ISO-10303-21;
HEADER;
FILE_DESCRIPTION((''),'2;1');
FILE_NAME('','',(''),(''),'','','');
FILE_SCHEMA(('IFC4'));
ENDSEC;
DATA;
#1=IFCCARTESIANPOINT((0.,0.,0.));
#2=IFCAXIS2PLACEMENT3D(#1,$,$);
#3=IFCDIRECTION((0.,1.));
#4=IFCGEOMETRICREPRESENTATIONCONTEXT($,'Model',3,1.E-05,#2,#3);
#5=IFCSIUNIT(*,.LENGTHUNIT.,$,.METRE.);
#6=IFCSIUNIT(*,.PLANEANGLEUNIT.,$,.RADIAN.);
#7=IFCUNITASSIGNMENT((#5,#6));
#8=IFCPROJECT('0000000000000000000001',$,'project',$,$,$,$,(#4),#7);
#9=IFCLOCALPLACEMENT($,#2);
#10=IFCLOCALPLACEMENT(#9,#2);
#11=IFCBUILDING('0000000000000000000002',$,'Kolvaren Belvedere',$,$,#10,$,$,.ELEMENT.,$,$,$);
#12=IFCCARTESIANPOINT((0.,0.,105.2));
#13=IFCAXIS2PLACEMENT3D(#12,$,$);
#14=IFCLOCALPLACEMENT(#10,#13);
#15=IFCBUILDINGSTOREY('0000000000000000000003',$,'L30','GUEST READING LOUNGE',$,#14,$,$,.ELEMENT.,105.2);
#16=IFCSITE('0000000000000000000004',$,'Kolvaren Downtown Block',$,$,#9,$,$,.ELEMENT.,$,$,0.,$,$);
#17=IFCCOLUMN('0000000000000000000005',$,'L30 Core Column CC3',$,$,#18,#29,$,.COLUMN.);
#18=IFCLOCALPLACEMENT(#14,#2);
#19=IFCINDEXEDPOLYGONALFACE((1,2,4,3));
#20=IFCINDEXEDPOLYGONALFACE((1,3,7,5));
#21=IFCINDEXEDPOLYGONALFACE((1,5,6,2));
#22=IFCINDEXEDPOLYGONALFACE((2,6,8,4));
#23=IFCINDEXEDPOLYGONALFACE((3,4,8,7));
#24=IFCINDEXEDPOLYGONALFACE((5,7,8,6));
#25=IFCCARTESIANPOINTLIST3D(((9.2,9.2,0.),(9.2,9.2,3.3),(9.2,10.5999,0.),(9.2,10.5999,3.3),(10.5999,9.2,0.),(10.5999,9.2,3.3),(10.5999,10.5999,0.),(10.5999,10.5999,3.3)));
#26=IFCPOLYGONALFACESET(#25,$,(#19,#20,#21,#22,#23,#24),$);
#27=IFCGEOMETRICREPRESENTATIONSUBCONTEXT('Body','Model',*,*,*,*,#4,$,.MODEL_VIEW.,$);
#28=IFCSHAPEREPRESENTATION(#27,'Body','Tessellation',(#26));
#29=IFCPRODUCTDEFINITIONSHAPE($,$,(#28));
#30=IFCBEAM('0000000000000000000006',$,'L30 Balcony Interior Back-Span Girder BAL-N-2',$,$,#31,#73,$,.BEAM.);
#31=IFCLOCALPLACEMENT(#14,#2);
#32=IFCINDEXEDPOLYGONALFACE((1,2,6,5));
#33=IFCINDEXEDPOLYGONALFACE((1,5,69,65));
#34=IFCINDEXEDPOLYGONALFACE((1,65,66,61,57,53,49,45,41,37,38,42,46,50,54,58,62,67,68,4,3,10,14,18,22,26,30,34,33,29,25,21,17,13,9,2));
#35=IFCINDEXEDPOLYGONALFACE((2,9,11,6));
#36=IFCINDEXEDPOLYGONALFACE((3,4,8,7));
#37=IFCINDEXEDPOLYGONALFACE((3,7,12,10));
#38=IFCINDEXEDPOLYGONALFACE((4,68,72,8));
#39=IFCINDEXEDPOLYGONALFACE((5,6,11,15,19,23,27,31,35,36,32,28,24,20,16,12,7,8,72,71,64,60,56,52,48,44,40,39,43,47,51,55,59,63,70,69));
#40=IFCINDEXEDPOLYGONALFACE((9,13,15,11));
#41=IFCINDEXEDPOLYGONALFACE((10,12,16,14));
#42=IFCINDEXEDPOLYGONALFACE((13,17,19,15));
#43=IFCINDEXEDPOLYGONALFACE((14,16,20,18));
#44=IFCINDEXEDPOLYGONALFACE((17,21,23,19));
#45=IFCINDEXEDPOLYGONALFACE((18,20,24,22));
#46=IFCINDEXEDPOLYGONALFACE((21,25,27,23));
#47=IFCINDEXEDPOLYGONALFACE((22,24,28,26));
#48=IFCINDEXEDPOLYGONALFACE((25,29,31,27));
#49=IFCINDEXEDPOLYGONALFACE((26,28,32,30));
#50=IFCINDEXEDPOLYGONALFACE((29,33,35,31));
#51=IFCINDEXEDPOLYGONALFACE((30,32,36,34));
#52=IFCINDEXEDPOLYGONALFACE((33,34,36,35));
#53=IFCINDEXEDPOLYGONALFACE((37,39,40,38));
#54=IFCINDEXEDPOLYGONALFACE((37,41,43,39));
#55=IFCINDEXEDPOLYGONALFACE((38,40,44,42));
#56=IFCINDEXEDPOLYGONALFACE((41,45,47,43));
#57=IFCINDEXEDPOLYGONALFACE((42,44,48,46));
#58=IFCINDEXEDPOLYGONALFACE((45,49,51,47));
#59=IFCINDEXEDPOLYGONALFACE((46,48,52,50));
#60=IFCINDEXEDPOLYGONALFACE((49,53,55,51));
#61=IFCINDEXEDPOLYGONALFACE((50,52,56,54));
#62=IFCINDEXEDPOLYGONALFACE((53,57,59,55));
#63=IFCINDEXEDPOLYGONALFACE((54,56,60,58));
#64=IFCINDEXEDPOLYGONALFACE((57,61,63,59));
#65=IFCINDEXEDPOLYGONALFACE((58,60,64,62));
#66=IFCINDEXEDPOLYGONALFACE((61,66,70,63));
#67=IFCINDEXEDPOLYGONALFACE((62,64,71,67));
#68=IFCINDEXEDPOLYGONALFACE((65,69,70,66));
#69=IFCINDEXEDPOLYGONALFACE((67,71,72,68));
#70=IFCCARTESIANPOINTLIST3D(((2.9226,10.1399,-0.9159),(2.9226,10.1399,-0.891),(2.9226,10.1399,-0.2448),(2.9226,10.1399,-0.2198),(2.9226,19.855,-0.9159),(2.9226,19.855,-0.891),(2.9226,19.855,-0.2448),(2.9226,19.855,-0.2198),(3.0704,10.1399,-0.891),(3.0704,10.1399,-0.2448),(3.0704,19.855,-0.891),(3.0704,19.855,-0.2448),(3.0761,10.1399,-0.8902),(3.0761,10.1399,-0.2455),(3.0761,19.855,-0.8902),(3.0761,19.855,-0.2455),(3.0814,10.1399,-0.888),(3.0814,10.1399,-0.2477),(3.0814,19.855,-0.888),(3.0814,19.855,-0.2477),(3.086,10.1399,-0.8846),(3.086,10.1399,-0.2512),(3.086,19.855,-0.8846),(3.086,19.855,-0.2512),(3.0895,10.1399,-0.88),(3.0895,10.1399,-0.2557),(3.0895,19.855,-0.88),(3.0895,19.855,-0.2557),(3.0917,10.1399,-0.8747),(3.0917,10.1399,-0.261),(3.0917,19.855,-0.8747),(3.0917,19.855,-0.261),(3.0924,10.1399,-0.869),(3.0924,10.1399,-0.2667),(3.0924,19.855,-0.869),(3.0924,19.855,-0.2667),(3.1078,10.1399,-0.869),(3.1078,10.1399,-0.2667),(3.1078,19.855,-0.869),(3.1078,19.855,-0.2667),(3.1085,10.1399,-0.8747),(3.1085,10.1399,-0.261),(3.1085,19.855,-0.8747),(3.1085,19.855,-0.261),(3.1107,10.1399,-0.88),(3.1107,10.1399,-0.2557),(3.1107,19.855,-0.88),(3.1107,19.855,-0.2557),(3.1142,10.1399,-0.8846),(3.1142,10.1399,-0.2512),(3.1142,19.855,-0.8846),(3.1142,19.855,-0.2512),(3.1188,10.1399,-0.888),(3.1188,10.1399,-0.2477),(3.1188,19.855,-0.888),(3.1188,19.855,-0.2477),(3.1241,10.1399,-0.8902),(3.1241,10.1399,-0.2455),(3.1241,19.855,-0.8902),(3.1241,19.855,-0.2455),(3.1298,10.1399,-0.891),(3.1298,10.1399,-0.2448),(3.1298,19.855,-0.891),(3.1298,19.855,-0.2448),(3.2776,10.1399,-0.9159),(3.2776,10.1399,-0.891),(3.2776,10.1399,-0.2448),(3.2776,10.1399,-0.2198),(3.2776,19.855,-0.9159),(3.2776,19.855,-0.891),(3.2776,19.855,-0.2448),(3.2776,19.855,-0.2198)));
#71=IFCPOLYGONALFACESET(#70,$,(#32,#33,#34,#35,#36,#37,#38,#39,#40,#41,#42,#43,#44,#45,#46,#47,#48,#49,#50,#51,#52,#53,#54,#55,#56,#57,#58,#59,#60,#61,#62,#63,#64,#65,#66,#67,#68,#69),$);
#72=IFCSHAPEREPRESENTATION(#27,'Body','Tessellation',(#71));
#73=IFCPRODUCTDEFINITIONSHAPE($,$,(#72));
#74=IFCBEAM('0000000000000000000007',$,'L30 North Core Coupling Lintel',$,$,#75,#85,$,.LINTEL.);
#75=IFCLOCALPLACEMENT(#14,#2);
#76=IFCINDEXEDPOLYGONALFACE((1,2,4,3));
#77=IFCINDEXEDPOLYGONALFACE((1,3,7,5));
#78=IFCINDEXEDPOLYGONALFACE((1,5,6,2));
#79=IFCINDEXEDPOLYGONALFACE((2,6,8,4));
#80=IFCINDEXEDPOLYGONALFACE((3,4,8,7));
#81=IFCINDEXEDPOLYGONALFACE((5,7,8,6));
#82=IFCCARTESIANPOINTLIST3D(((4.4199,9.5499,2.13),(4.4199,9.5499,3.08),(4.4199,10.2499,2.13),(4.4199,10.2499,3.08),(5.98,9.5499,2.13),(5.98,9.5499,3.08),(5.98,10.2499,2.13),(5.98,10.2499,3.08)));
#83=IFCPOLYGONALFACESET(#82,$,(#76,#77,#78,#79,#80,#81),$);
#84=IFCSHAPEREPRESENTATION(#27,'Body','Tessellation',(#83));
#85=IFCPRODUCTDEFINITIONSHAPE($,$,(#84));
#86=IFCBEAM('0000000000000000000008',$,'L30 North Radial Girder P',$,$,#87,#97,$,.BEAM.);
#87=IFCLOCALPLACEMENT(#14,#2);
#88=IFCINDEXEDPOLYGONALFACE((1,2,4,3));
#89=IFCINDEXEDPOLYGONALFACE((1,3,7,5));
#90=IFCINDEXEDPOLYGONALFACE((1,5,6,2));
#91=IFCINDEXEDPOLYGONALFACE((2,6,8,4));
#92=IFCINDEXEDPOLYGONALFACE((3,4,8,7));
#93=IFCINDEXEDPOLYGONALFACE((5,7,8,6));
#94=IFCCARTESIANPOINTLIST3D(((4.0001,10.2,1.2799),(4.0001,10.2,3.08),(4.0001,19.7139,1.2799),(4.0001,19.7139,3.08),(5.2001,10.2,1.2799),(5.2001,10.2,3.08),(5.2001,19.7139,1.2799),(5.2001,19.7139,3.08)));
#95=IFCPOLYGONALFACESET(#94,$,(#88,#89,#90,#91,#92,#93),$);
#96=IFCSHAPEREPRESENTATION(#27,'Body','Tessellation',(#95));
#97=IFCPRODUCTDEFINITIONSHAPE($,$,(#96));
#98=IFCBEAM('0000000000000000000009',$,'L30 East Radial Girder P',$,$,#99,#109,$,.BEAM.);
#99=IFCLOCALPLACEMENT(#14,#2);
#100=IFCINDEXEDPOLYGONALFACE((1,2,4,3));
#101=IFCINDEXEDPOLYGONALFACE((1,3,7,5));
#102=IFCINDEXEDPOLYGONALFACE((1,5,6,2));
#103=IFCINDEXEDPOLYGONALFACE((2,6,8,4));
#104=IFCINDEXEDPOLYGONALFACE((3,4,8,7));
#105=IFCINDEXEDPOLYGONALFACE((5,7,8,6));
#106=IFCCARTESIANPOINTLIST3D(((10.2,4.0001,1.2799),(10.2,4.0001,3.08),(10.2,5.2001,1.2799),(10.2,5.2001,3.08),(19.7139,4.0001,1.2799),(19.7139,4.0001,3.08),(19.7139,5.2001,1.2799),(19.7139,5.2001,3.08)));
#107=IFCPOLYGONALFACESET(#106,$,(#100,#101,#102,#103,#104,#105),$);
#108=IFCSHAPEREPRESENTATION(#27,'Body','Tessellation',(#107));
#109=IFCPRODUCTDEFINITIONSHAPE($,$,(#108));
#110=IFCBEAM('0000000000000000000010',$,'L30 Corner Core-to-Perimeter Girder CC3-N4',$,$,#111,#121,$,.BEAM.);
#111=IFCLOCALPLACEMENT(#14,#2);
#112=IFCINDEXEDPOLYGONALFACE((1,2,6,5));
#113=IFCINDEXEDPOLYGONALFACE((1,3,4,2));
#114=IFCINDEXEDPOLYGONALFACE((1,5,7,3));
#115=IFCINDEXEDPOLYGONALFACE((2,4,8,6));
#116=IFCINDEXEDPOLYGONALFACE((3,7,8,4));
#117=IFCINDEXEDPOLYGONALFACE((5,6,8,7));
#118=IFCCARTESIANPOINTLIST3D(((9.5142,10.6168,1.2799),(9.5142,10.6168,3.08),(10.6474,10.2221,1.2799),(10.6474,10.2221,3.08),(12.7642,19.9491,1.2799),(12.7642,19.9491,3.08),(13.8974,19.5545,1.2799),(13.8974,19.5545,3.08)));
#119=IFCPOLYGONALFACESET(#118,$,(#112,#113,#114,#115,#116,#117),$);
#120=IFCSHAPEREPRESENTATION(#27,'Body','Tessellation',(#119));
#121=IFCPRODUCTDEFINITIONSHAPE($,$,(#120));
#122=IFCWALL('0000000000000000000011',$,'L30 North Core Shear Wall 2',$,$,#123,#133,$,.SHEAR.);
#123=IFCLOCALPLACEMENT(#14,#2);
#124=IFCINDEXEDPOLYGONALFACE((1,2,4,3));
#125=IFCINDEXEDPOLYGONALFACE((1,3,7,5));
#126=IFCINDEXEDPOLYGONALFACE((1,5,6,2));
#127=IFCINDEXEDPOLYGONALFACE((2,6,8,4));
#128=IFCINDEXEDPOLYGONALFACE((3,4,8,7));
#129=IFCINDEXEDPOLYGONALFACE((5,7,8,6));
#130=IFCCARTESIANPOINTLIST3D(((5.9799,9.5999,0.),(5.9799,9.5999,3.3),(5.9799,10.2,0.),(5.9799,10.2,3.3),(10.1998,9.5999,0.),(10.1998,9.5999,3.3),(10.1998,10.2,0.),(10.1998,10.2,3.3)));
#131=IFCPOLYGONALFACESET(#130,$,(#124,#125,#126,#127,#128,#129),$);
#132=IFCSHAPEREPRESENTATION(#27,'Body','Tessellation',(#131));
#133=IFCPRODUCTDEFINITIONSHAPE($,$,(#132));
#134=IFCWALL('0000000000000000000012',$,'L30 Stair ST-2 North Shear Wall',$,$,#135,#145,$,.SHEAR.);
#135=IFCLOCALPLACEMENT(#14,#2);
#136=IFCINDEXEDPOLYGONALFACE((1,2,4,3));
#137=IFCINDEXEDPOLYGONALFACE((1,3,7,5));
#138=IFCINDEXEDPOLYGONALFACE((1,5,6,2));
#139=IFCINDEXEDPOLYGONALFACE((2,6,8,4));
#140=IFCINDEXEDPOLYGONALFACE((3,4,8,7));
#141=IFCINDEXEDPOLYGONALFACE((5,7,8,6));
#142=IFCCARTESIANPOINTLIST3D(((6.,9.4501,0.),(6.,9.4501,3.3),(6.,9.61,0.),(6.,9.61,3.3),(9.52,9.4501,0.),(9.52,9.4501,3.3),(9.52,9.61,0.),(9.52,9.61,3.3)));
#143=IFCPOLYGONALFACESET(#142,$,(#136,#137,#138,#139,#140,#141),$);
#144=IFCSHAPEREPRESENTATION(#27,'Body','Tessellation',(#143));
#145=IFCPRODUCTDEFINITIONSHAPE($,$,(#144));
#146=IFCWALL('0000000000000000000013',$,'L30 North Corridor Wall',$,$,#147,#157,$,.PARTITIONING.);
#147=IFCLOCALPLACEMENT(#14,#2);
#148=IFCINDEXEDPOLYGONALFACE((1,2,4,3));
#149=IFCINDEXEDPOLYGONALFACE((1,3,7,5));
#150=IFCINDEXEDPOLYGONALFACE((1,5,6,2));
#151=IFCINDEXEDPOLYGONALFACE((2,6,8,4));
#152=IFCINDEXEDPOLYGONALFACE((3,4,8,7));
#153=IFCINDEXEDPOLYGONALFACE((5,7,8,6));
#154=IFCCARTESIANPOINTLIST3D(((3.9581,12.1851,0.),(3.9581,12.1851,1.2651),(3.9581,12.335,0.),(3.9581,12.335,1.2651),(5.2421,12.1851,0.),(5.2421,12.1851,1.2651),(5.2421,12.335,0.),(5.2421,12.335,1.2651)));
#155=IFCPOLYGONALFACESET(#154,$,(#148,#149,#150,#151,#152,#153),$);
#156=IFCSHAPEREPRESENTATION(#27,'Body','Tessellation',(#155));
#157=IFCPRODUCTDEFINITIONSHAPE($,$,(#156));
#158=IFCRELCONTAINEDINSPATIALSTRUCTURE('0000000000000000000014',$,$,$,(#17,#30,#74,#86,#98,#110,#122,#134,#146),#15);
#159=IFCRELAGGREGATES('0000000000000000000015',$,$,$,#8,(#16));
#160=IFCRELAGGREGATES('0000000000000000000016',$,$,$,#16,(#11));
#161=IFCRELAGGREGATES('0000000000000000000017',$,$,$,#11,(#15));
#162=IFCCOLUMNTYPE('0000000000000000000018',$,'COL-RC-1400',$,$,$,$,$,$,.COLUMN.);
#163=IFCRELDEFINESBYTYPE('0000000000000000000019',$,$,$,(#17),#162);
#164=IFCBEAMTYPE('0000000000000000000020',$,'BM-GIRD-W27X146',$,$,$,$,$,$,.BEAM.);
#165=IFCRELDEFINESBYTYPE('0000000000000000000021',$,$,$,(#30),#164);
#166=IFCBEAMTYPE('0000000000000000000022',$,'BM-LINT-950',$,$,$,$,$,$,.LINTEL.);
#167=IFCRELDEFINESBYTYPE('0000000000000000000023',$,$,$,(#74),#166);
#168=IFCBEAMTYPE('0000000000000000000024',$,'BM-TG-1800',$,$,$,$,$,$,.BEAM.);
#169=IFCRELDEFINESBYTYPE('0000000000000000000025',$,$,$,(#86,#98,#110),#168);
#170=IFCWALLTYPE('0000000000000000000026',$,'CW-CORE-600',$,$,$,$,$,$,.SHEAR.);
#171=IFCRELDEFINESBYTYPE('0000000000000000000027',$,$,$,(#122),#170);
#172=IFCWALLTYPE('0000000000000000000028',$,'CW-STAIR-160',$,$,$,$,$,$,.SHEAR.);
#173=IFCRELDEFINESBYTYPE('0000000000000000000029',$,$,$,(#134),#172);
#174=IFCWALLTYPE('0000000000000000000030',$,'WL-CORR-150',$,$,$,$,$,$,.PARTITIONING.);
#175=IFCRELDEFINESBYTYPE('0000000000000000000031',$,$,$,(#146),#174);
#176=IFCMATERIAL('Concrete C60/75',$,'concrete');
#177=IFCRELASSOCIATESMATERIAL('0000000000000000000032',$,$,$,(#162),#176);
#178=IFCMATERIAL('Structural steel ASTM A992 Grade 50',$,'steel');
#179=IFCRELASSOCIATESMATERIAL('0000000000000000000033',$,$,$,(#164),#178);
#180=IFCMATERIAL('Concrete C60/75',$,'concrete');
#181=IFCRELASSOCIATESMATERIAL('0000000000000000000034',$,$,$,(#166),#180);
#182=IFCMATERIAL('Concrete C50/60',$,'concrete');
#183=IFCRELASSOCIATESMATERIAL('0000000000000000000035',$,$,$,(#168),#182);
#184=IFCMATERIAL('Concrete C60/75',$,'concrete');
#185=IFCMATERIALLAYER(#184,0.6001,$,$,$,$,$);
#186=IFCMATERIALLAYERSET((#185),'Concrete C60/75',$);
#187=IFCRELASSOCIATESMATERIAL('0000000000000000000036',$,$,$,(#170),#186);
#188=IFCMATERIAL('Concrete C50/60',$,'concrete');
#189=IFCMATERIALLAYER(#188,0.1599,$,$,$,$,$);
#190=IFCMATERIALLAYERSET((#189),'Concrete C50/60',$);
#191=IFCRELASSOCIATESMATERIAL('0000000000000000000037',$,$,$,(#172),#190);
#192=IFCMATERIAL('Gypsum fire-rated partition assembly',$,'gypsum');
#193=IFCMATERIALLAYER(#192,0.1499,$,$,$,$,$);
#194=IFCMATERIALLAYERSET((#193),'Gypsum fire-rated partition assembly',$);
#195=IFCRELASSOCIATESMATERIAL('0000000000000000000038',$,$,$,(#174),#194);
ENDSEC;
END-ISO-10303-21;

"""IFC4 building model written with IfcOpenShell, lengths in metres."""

from ifc_helpers import new_model, si_unit, direction, frame, frame_2d, origin, origin_2d, place, context, subcontext, project, spatial, rectangle, i_section, extrude, material, layer, layer_set, material_profile, profile_set, type_object, element, save


model = new_model("IFC4")

# Units and contexts
model_context = context("Model", 3, precision=1e-05, world=origin(), true_north=direction((0.0, 1.0)))
body_context = subcontext(model_context, "Body", "Model", "MODEL_VIEW")
ifc_project = project(units=[si_unit("LENGTHUNIT", "METRE"), si_unit("PLANEANGLEUNIT", "RADIAN")], contexts=[model_context])

# Site, building, storey
site_placement = place(None, origin())
site = spatial("IfcSite", under=ifc_project, at=site_placement, Name="Kolvaren Downtown Block", CompositionType="ELEMENT", RefElevation=0.0)
building_placement = place(site_placement, origin())
building = spatial("IfcBuilding", under=site, at=building_placement, Name="Kolvaren Belvedere", CompositionType="ELEMENT")
storey_placement = place(building_placement, frame((0.0, 0.0, 105.2)))
storey = spatial("IfcBuildingStorey", under=building, at=storey_placement, Name="L30", Description="GUEST READING LOUNGE", CompositionType="ELEMENT", Elevation=105.2)

# Column
ifc_material_1 = material(Name="Concrete C60/75", Category="concrete")
ifc_material_profile_1 = material_profile(ifc_material_1, rectangle(XDim=1.3999, YDim=1.3999, at=origin_2d()), Name="RC 1400X1400")
ifc_profile_set_1 = profile_set([ifc_material_profile_1], Name="Concrete C60/75")
column_type = type_object("IfcColumnType", Name="COL-RC-1400", PredefinedType="COLUMN", material=ifc_profile_set_1)
column_placement = place(storey_placement, frame((9.8999, 9.8999, 0.0), z_axis=(0.0, 0.0, 1.0), x_axis=(1.0, 0.0, 0.0)))
element("IfcColumn", 1, at=column_placement, inside=storey, type_object=column_type, Name="L30 Core Column CC3", PredefinedType="COLUMN", context=body_context, shape_type="SweptSolid", body=[
    extrude(rectangle(XDim=1.3999, YDim=1.3999, at=origin_2d()), origin(), (0.0, 0.0, 1.0), 3.3),
])

# Beams
ifc_material_2 = material(Name="Structural steel ASTM A992 Grade 50", Category="steel")
ifc_material_profile_2 = material_profile(ifc_material_2, i_section(OverallWidth=0.355, OverallDepth=0.696, WebThickness=0.0154, FlangeThickness=0.0249, FilletRadius=0.022, at=origin_2d()), Name="W27X146")
ifc_profile_set_2 = profile_set([ifc_material_profile_2], Name="Structural steel ASTM A992 Grade 50")
beam_type_1 = type_object("IfcBeamType", Name="BM-GIRD-W27X146", PredefinedType="BEAM", material=ifc_profile_set_2)
beam_1_placement = place(storey_placement, frame((3.1001, 10.1399, -0.5679), z_axis=(0.0, 1.0, 0.0), x_axis=(-1.0, 0.0, 0.0)))
element("IfcBeam", 2, at=beam_1_placement, inside=storey, type_object=beam_type_1, Name="L30 Balcony Interior Back-Span Girder BAL-N-2", PredefinedType="BEAM", context=body_context, shape_type="SweptSolid", body=[
    extrude(i_section(OverallWidth=0.355, OverallDepth=0.696, WebThickness=0.0154, FlangeThickness=0.0249, FilletRadius=0.022, at=origin_2d()), origin(), (0.0, 0.0, 1.0), 9.7151),
])
ifc_material_3 = material(Name="Concrete C60/75", Category="concrete")
ifc_material_profile_3 = material_profile(ifc_material_3, rectangle(XDim=0.7, YDim=0.95, at=origin_2d()), Name="RC 700X950")
ifc_profile_set_3 = profile_set([ifc_material_profile_3], Name="Concrete C60/75")
beam_type_2 = type_object("IfcBeamType", Name="BM-LINT-950", PredefinedType="LINTEL", material=ifc_profile_set_3)
beam_2_placement = place(storey_placement, frame((4.4199, 9.8999, 2.605), z_axis=(1.0, 0.0, 0.0), x_axis=(0.0, 1.0, 0.0)))
element("IfcBeam", 3, at=beam_2_placement, inside=storey, type_object=beam_type_2, Name="L30 North Core Coupling Lintel", PredefinedType="LINTEL", context=body_context, shape_type="SweptSolid", body=[
    extrude(rectangle(XDim=0.7, YDim=0.95, at=origin_2d()), origin(), (0.0, 0.0, 1.0), 1.5601),
])
ifc_material_4 = material(Name="Concrete C50/60", Category="concrete")
ifc_material_profile_4 = material_profile(ifc_material_4, rectangle(XDim=1.2, YDim=1.8, at=origin_2d()), Name="RC 1200X1800")
ifc_profile_set_4 = profile_set([ifc_material_profile_4], Name="Concrete C50/60")
beam_type_3 = type_object("IfcBeamType", Name="BM-TG-1800", PredefinedType="BEAM", material=ifc_profile_set_4)
for number, where, z_axis, x_axis, name in (
    (4, (4.6001, 10.2, 2.1799), (0.0, 1.0, 0.0), (-1.0, 0.0, 0.0), "L30 North Radial Girder P"),
    (5, (10.2, 4.6001, 2.1799), (1.0, 0.0, 0.0), (0.0, 1.0, 0.0), "L30 East Radial Girder P"),
):
    element("IfcBeam", number, at=place(storey_placement, frame(where, z_axis=z_axis, x_axis=x_axis)), inside=storey, type_object=beam_type_3, Name=name, PredefinedType="BEAM", context=body_context, shape_type="SweptSolid", body=[
        extrude(rectangle(XDim=1.2, YDim=1.8, at=origin_2d()), origin(), (0.0, 0.0, 1.0), 9.5139),
    ])
beam_3_placement = place(storey_placement, frame((10.0808, 10.4194, 2.1799), z_axis=(0.328881, 0.944371, 0.0), x_axis=(-0.944371, 0.328881, 0.0)))
element("IfcBeam", 6, at=beam_3_placement, inside=storey, type_object=beam_type_3, Name="L30 Corner Core-to-Perimeter Girder CC3-N4", PredefinedType="BEAM", context=body_context, shape_type="SweptSolid", body=[
    extrude(rectangle(XDim=1.2, YDim=1.8, at=origin_2d()), origin(), (0.0, 0.0, 1.0), 9.8821),
])

# Walls
ifc_material_5 = material(Name="Concrete C60/75", Category="concrete")
ifc_layer_1 = layer(ifc_material_5, 0.6001)
ifc_layer_set_1 = layer_set([ifc_layer_1], Name="Concrete C60/75")
wall_type_1 = type_object("IfcWallType", Name="CW-CORE-600", PredefinedType="SHEAR", material=ifc_layer_set_1)
wall_1_placement = place(storey_placement, frame((5.98, 9.8999, 0.0), z_axis=(0.0, 0.0, 1.0), x_axis=(1.0, 0.0, 0.0)))
element("IfcWall", 7, at=wall_1_placement, inside=storey, type_object=wall_type_1, Name="L30 North Core Shear Wall 2", PredefinedType="SHEAR", context=body_context, shape_type="SweptSolid", body=[
    extrude(rectangle(XDim=4.22, YDim=0.6001, at=frame_2d((2.1099, 0.0))), origin(), (0.0, 0.0, 1.0), 3.3),
])
ifc_material_6 = material(Name="Concrete C50/60", Category="concrete")
ifc_layer_2 = layer(ifc_material_6, 0.1599)
ifc_layer_set_2 = layer_set([ifc_layer_2], Name="Concrete C50/60")
wall_type_2 = type_object("IfcWallType", Name="CW-STAIR-160", PredefinedType="SHEAR", material=ifc_layer_set_2)
wall_2_placement = place(storey_placement, frame((6.0, 9.53, 0.0), z_axis=(0.0, 0.0, 1.0), x_axis=(1.0, 0.0, 0.0)))
element("IfcWall", 8, at=wall_2_placement, inside=storey, type_object=wall_type_2, Name="L30 Stair ST-2 North Shear Wall", PredefinedType="SHEAR", context=body_context, shape_type="SweptSolid", body=[
    extrude(rectangle(XDim=3.52, YDim=0.1599, at=frame_2d((1.76, 0.0))), origin(), (0.0, 0.0, 1.0), 3.3),
])
ifc_material_7 = material(Name="Gypsum fire-rated partition assembly", Category="gypsum")
ifc_layer_3 = layer(ifc_material_7, 0.1499)
ifc_layer_set_3 = layer_set([ifc_layer_3], Name="Gypsum fire-rated partition assembly")
wall_type_3 = type_object("IfcWallType", Name="WL-CORR-150", PredefinedType="PARTITIONING", material=ifc_layer_set_3)
wall_3_placement = place(storey_placement, frame((3.958, 12.26, 0.0), z_axis=(0.0, 0.0, 1.0), x_axis=(1.0, 0.0, 0.0)))
element("IfcWall", 9, at=wall_3_placement, inside=storey, type_object=wall_type_3, Name="L30 North Corridor Wall", PredefinedType="PARTITIONING", context=body_context, shape_type="SweptSolid", body=[
    extrude(rectangle(XDim=1.2839, YDim=0.1499, at=frame_2d((0.6421, 0.0))), origin(), (0.0, 0.0, 1.0), 1.2651),
])

save(model, "model.ifc")
